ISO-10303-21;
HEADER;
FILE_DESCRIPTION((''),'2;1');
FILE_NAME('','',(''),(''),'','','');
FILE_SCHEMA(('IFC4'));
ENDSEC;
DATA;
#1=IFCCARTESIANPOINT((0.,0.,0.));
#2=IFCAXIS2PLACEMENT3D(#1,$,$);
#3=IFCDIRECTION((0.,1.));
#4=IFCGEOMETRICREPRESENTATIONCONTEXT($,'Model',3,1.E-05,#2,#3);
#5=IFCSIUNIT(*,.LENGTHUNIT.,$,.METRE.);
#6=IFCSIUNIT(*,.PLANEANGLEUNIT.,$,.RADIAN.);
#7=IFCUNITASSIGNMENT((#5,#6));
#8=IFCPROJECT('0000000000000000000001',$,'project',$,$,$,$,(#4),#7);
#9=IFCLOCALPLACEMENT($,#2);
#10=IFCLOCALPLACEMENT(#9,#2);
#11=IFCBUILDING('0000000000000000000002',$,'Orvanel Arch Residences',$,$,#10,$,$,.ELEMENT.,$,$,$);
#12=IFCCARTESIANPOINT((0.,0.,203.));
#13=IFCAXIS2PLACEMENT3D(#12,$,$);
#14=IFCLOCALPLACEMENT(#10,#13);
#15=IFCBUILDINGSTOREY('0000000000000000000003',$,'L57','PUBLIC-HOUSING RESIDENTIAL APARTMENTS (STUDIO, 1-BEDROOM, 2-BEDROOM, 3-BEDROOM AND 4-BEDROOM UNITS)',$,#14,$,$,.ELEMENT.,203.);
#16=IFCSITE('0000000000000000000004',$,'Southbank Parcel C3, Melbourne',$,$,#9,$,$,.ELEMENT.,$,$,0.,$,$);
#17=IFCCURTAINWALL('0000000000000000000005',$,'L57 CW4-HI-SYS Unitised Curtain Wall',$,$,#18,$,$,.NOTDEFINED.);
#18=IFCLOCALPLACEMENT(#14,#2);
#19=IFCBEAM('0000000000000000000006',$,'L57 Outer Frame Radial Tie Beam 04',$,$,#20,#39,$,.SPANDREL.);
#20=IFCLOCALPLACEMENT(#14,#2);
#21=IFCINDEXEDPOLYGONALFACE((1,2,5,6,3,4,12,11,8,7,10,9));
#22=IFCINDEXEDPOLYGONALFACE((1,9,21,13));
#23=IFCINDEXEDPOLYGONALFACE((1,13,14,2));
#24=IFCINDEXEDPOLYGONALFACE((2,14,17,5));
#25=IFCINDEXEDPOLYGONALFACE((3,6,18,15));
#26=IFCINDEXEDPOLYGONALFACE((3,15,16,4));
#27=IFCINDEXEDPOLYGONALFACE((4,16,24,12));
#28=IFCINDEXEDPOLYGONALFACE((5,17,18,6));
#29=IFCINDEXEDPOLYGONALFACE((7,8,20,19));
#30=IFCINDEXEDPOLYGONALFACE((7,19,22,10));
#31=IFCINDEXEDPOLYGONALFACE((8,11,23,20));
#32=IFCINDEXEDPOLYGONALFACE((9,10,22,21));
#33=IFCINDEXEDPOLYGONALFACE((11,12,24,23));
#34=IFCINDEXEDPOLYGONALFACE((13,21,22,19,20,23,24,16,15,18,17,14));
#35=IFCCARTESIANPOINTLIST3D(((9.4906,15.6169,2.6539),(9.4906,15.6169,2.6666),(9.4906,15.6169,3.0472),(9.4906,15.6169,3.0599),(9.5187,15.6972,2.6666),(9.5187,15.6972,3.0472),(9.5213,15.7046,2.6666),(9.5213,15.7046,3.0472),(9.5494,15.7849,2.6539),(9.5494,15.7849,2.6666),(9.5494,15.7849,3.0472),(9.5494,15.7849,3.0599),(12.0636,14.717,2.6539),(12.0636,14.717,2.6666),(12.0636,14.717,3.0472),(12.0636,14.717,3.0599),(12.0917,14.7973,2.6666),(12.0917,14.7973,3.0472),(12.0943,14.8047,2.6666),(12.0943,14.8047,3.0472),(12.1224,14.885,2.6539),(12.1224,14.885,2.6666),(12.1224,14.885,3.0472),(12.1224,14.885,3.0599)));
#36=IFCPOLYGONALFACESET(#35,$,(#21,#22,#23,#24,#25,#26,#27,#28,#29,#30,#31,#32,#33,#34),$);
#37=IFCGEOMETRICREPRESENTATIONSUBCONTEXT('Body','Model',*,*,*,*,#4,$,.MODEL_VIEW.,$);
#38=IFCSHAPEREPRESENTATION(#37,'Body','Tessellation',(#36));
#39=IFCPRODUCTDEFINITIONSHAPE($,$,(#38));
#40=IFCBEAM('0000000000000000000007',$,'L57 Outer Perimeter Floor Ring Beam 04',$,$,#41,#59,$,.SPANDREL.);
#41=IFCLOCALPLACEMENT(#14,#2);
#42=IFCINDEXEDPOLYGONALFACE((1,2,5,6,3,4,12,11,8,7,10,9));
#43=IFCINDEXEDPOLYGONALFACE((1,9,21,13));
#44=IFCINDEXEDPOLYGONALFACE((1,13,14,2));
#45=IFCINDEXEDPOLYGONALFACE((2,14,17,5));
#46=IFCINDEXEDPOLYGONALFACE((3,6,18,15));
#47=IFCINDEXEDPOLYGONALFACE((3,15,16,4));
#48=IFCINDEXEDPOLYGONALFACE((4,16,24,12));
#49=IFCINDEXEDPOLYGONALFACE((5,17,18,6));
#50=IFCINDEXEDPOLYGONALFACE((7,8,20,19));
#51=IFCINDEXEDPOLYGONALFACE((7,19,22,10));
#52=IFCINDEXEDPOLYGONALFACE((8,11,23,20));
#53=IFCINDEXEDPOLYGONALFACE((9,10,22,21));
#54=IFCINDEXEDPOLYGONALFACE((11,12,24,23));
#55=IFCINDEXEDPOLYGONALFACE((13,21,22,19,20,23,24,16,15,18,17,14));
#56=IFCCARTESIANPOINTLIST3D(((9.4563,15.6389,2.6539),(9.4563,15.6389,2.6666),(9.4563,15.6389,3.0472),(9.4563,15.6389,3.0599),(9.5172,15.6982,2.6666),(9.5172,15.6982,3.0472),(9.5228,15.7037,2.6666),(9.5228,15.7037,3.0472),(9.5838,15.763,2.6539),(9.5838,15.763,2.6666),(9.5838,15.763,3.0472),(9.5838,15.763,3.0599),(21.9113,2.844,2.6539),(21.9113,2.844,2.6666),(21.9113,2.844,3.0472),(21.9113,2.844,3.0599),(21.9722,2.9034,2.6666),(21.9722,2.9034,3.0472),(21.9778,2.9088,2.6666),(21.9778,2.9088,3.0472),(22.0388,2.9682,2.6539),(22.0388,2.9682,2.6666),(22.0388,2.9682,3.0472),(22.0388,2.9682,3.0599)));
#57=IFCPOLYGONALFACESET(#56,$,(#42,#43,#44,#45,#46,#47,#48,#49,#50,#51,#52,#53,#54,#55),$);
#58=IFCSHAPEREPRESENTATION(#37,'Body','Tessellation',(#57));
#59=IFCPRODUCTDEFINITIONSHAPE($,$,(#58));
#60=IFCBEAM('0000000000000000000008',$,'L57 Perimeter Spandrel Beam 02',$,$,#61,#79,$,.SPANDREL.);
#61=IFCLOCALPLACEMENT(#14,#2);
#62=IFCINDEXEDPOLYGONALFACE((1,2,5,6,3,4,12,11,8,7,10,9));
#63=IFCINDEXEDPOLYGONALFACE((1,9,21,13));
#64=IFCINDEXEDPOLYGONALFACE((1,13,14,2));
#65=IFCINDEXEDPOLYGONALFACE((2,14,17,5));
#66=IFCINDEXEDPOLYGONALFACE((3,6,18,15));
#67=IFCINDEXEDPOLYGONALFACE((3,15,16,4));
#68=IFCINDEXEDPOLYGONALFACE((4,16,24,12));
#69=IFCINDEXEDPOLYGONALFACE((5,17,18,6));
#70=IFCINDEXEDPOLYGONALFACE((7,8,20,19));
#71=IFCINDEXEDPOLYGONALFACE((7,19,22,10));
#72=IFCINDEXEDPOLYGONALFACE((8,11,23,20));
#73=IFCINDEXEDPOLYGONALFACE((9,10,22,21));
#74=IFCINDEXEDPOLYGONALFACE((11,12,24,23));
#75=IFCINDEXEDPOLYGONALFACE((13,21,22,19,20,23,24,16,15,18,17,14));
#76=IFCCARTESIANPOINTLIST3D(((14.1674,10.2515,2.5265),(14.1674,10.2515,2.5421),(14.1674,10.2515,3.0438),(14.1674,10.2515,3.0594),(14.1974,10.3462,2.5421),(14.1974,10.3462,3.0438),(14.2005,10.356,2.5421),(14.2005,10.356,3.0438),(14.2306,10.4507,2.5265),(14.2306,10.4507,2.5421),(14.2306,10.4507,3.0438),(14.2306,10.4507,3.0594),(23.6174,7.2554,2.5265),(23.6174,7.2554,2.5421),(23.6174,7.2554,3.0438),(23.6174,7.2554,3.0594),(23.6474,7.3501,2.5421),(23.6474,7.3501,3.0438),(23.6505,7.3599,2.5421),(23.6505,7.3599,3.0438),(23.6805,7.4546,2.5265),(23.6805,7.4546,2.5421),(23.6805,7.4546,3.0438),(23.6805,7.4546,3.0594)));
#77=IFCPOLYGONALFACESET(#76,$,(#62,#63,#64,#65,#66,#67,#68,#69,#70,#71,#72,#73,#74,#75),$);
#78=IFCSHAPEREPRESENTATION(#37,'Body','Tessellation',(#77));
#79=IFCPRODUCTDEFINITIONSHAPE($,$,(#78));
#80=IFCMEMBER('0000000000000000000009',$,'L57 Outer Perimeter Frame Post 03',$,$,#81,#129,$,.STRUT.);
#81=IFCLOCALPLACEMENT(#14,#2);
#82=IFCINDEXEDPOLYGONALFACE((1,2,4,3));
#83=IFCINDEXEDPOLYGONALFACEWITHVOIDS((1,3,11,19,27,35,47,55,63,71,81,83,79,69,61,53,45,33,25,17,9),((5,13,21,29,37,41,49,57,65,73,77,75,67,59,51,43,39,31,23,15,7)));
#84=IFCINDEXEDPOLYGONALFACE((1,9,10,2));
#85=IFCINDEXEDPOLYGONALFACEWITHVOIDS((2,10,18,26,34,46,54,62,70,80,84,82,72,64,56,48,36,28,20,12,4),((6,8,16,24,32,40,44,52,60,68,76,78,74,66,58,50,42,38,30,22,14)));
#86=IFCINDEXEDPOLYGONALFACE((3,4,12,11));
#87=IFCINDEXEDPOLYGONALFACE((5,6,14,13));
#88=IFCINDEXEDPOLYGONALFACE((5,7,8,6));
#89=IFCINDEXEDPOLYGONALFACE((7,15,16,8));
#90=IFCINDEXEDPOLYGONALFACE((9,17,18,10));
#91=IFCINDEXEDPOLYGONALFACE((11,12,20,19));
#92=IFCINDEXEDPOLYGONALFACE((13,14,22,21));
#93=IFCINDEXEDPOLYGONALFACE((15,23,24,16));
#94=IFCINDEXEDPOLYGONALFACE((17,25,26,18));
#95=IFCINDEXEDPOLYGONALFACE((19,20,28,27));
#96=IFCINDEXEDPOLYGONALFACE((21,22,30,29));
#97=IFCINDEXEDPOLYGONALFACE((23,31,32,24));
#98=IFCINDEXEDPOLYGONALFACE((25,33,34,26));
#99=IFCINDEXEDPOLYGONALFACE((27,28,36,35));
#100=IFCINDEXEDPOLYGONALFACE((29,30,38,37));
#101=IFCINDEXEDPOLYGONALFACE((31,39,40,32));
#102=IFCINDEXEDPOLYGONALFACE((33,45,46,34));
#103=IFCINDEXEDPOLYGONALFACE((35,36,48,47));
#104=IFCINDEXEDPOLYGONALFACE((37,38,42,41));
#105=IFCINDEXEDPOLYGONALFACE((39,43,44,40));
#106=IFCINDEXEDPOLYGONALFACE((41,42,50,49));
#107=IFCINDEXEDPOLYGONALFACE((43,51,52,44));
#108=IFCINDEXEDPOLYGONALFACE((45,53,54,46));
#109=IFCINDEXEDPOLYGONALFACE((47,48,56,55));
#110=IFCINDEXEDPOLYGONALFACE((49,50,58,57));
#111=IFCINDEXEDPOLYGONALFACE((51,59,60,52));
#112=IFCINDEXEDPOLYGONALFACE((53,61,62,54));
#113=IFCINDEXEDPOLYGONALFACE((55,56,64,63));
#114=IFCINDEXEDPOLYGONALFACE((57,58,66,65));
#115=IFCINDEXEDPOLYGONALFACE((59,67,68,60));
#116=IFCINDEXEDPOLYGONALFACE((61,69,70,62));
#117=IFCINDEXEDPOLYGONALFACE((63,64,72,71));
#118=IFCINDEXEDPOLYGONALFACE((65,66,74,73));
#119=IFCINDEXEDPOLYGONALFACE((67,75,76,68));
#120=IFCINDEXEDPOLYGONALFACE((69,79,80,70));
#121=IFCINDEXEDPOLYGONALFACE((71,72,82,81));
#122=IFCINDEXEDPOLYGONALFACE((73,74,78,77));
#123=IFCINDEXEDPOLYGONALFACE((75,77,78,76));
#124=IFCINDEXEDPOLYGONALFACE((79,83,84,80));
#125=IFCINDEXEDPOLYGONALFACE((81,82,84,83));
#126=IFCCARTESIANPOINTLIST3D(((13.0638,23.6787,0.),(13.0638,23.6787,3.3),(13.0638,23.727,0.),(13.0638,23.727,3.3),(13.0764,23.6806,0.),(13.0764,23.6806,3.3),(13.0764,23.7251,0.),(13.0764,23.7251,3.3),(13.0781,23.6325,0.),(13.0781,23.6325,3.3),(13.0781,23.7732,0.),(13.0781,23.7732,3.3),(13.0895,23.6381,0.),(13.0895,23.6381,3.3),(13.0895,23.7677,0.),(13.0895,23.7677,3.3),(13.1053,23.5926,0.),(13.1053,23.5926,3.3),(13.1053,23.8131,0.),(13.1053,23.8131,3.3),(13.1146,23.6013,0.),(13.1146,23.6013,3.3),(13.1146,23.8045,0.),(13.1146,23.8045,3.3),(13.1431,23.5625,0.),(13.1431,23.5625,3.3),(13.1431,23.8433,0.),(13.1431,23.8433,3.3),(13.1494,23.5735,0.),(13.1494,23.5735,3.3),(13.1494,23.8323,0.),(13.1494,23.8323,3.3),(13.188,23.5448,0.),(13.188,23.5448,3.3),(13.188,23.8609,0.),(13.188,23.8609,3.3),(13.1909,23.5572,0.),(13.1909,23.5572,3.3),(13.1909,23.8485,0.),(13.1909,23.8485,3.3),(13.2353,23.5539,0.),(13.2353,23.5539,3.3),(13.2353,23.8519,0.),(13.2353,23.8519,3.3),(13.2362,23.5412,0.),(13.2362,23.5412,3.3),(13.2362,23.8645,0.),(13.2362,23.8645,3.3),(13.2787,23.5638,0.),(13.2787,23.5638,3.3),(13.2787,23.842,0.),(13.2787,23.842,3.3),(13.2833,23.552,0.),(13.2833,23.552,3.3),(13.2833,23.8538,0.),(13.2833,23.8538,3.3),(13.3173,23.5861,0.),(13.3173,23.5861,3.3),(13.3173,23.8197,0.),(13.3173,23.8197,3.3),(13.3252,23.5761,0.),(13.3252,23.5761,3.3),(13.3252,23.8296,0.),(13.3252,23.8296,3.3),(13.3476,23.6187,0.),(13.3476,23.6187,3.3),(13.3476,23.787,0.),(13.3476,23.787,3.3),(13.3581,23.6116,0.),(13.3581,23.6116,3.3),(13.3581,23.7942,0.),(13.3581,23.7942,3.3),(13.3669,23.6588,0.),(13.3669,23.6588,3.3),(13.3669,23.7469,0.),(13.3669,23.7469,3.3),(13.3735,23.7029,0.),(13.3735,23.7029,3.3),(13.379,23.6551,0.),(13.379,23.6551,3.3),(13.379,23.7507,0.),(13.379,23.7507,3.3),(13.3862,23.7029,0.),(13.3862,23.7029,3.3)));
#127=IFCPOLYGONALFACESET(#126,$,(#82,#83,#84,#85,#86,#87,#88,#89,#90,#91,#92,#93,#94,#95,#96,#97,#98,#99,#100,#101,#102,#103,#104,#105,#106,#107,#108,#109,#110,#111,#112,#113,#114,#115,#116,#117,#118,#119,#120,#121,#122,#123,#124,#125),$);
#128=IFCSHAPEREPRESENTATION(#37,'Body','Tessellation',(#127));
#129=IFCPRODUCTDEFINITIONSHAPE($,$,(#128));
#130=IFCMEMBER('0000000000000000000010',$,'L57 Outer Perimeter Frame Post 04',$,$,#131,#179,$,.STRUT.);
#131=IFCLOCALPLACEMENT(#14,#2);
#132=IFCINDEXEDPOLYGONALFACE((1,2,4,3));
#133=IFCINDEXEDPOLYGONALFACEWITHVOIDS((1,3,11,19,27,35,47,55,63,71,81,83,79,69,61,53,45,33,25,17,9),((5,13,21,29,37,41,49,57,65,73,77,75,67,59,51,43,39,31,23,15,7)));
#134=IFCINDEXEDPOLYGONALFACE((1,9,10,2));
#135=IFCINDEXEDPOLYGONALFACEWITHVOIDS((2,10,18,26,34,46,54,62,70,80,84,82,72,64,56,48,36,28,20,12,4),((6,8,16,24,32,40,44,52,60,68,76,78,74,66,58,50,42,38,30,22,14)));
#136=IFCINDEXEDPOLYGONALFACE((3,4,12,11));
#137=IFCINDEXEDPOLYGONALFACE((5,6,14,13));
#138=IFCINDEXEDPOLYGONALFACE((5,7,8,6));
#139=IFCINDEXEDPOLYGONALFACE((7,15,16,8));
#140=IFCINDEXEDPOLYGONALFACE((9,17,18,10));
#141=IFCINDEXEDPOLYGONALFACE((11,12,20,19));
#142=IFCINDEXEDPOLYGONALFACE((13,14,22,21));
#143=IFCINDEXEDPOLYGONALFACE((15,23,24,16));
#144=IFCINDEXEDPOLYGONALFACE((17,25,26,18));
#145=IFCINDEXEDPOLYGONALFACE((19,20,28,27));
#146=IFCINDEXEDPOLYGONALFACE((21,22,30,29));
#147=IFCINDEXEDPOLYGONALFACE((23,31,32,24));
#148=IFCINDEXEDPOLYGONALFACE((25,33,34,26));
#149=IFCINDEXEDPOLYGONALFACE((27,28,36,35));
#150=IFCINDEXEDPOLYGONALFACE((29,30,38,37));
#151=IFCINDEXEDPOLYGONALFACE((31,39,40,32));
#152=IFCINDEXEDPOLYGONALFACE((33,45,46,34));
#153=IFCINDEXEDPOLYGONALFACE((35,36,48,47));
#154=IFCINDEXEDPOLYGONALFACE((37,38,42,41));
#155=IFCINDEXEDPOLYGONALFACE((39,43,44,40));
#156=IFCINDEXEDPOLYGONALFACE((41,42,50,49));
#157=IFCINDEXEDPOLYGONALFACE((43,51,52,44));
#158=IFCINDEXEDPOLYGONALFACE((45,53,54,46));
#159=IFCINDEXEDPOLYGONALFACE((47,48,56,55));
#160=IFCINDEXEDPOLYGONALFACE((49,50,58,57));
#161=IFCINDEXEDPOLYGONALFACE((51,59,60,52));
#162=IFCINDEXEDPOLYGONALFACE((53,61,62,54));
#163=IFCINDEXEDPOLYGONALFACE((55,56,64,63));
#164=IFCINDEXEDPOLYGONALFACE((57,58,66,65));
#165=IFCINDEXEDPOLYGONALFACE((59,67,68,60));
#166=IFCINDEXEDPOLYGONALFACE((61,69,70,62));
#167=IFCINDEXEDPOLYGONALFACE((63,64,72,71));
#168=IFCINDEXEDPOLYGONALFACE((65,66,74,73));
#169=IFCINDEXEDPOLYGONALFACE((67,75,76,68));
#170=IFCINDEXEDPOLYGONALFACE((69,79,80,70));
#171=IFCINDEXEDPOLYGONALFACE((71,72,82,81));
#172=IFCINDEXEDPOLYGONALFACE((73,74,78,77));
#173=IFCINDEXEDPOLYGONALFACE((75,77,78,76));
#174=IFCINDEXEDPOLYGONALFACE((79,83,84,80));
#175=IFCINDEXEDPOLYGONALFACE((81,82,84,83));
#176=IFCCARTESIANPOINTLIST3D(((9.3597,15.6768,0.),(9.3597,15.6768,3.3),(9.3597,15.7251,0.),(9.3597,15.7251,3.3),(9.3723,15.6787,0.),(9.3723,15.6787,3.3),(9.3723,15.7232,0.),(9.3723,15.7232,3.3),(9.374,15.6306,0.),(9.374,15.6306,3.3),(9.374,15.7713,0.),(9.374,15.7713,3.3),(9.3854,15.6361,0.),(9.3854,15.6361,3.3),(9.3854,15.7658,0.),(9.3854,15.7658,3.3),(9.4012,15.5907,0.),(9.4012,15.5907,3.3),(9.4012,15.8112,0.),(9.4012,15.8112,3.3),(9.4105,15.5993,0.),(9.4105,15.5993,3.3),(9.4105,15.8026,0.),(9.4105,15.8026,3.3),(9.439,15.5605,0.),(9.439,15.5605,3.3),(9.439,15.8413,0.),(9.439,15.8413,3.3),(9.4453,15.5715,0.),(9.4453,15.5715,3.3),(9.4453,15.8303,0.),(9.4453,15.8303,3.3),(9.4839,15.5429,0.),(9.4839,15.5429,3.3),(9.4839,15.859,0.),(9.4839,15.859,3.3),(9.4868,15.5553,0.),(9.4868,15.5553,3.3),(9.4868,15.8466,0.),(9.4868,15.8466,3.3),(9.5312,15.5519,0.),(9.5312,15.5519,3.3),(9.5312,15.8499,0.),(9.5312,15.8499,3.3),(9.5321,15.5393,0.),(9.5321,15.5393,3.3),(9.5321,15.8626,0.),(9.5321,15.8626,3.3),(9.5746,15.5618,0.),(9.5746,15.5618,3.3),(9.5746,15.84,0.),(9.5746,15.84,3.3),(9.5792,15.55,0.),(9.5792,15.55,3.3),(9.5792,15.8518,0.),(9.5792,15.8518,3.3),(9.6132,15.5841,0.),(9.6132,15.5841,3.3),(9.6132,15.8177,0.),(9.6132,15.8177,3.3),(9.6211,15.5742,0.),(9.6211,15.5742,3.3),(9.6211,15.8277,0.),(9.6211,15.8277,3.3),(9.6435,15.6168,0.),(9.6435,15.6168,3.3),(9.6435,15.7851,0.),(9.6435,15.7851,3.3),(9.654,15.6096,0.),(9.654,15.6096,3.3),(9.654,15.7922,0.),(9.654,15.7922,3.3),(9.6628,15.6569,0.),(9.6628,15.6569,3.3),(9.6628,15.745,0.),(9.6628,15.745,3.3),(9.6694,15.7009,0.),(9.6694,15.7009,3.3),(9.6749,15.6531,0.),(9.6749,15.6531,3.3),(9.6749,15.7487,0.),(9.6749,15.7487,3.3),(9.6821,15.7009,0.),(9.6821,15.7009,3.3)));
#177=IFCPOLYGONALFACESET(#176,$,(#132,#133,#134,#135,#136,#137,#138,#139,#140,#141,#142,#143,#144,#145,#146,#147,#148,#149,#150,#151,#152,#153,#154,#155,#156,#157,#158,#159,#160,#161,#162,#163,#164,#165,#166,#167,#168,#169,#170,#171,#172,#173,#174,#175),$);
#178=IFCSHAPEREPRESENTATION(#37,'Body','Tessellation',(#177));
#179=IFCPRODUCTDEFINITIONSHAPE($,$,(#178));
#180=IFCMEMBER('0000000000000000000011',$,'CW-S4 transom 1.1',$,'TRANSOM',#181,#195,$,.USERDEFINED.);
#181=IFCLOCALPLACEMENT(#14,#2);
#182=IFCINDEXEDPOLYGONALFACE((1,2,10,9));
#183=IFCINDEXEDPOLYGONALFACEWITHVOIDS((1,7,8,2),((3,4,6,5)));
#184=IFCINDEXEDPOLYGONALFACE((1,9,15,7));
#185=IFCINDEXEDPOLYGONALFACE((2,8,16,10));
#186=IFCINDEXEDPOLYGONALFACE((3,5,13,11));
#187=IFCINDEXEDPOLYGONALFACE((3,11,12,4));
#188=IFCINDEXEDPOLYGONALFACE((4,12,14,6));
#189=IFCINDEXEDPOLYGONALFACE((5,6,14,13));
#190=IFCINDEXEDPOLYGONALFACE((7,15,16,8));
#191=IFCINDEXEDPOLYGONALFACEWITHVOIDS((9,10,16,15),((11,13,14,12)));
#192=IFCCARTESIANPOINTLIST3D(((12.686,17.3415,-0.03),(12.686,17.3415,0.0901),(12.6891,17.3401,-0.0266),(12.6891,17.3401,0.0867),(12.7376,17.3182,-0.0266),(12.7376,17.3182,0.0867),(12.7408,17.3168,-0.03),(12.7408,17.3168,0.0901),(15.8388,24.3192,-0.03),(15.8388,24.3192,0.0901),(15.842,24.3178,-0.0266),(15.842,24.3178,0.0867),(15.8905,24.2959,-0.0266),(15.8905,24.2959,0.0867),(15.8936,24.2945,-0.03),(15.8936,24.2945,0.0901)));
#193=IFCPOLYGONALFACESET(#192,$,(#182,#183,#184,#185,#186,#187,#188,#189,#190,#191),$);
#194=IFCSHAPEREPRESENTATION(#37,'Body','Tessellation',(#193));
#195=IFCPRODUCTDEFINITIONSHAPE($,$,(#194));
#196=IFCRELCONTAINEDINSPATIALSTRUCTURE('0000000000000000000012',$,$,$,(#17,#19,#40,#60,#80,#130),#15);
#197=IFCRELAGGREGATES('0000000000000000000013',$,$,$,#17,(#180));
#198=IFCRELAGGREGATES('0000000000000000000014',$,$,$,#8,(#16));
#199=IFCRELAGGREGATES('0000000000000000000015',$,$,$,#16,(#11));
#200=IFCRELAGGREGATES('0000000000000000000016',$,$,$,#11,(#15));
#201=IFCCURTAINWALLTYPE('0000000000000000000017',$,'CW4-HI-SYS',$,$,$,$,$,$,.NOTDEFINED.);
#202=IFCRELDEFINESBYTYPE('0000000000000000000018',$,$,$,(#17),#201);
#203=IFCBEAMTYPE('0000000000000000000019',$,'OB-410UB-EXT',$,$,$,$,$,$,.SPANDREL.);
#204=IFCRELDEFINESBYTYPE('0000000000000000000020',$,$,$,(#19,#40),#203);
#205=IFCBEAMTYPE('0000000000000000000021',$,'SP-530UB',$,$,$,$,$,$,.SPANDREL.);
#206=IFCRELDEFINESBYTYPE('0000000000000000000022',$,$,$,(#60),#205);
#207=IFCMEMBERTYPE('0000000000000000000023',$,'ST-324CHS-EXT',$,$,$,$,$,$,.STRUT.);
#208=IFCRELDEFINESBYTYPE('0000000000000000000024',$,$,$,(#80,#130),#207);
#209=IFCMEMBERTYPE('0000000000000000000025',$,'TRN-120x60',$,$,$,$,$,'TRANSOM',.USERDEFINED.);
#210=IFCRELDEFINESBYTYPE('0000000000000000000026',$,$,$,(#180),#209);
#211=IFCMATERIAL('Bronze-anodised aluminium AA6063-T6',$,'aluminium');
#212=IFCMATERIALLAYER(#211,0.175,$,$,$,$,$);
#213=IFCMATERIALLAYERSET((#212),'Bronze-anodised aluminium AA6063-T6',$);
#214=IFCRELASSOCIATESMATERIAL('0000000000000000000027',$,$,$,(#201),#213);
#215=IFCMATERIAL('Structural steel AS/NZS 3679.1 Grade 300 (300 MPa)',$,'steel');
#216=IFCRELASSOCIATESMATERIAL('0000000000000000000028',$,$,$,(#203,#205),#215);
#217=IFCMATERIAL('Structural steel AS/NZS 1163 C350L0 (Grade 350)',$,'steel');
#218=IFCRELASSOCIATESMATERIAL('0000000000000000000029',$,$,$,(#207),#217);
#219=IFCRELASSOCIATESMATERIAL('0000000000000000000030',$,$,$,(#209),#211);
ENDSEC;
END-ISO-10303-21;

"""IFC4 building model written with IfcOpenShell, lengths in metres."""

from ifc_helpers import new_model, si_unit, direction, frame, origin, origin_2d, place, context, subcontext, project, spatial, hollow_rectangle, hollow_circle, i_section, extrude, material, layer, layer_set, material_profile, profile_set, type_object, element, aggregate, save


model = new_model("IFC4")

# Units and contexts
model_context = context("Model", 3, precision=1e-05, world=origin(), true_north=direction((0.0, 1.0)))
body_context = subcontext(model_context, "Body", "Model", "MODEL_VIEW")
ifc_project = project(units=[si_unit("LENGTHUNIT", "METRE"), si_unit("PLANEANGLEUNIT", "RADIAN")], contexts=[model_context])

# Site, building, storey
site_placement = place(None, origin())
site = spatial("IfcSite", under=ifc_project, at=site_placement, Name="Southbank Parcel C3, Melbourne", CompositionType="ELEMENT", RefElevation=0.0)
building_placement = place(site_placement, origin())
building = spatial("IfcBuilding", under=site, at=building_placement, Name="Orvanel Arch Residences", CompositionType="ELEMENT")
storey_placement = place(building_placement, frame((0.0, 0.0, 203.0)))
storey = spatial("IfcBuildingStorey", under=building, at=storey_placement, Name="L57", Description="PUBLIC-HOUSING RESIDENTIAL APARTMENTS (STUDIO, 1-BEDROOM, 2-BEDROOM, 3-BEDROOM AND 4-BEDROOM UNITS)", CompositionType="ELEMENT", Elevation=203.0)

# Shared definitions
ifc_material_1 = material(Name="Bronze-anodised aluminium AA6063-T6", Category="aluminium")

# Curtain wall
ifc_layer_1 = layer(ifc_material_1, 0.175)
ifc_layer_set_1 = layer_set([ifc_layer_1], Name="Bronze-anodised aluminium AA6063-T6")
curtain_wall_type_1 = type_object("IfcCurtainWallType", Name="CW4-HI-SYS", PredefinedType="NOTDEFINED", material=ifc_layer_set_1)
curtain_wall_1_placement = place(storey_placement, origin())
curtain_wall_1 = element("IfcCurtainWall", 1, at=curtain_wall_1_placement, inside=storey, type_object=curtain_wall_type_1, Name="L57 CW4-HI-SYS Unitised Curtain Wall", PredefinedType="NOTDEFINED")

# Beams
ifc_material_2 = material(Name="Structural steel AS/NZS 3679.1 Grade 300 (300 MPa)", Category="steel")
ifc_material_profile_1 = material_profile(ifc_material_2, i_section(OverallWidth=0.178, OverallDepth=0.406, WebThickness=0.0078, FlangeThickness=0.0127, at=origin_2d()), Name="410UB59.7")
ifc_profile_set_1 = profile_set([ifc_material_profile_1], Name="Structural steel AS/NZS 3679.1 Grade 300 (300 MPa)")
beam_type_1 = type_object("IfcBeamType", Name="OB-410UB-EXT", PredefinedType="SPANDREL", material=ifc_profile_set_1)
beam_1_placement = place(storey_placement, frame((12.093, 14.801, 2.8569), z_axis=(-0.943932, 0.330139, 0.0), x_axis=(-0.330139, -0.943932, 0.0)))
element("IfcBeam", 2, at=beam_1_placement, inside=storey, type_object=beam_type_1, Name="L57 Outer Frame Radial Tie Beam 04", PredefinedType="SPANDREL", context=body_context, shape_type="SweptSolid", body=[
    extrude(i_section(OverallWidth=0.178, OverallDepth=0.406, WebThickness=0.0078, FlangeThickness=0.0127, at=origin_2d()), origin(), (0.0, 0.0, 1.0), 2.7258),
])
beam_2_placement = place(storey_placement, frame((9.52, 15.7009, 2.8569), z_axis=(0.697527, -0.716559, 0.0), x_axis=(0.716559, 0.697527, 0.0)))
element("IfcBeam", 3, at=beam_2_placement, inside=storey, type_object=beam_type_1, Name="L57 Outer Perimeter Floor Ring Beam 04", PredefinedType="SPANDREL", context=body_context, shape_type="SweptSolid", body=[
    extrude(i_section(OverallWidth=0.178, OverallDepth=0.406, WebThickness=0.0078, FlangeThickness=0.0127, at=origin_2d()), origin(), (0.0, 0.0, 1.0), 17.856),
])
ifc_material_profile_2 = material_profile(ifc_material_2, i_section(OverallWidth=0.209, OverallDepth=0.533, WebThickness=0.0103, FlangeThickness=0.0156, at=origin_2d()), Name="530UB92.4")
ifc_profile_set_2 = profile_set([ifc_material_profile_2], Name="Structural steel AS/NZS 3679.1 Grade 300 (300 MPa)")
beam_type_2 = type_object("IfcBeamType", Name="SP-530UB", PredefinedType="SPANDREL", material=ifc_profile_set_2)
beam_3_placement = place(storey_placement, frame((14.199, 10.3511, 2.793), z_axis=(0.953237, -0.302223, 0.0), x_axis=(0.302223, 0.953237, 0.0)))
element("IfcBeam", 4, at=beam_3_placement, inside=storey, type_object=beam_type_2, Name="L57 Perimeter Spandrel Beam 02", PredefinedType="SPANDREL", context=body_context, shape_type="SweptSolid", body=[
    extrude(i_section(OverallWidth=0.209, OverallDepth=0.533, WebThickness=0.0103, FlangeThickness=0.0156, at=origin_2d()), origin(), (0.0, 0.0, 1.0), 9.9136),
])

# Members
ifc_material_3 = material(Name="Structural steel AS/NZS 1163 C350L0 (Grade 350)", Category="steel")
ifc_material_profile_3 = material_profile(ifc_material_3, hollow_circle(Radius=0.1621, WallThickness=0.0127, at=origin_2d()), Name="CHS324x12.7")
ifc_profile_set_3 = profile_set([ifc_material_profile_3], Name="Structural steel AS/NZS 1163 C350L0 (Grade 350)")
member_type_1 = type_object("IfcMemberType", Name="ST-324CHS-EXT", PredefinedType="STRUT", material=ifc_profile_set_3)
for number, where, z_axis, x_axis, name in (
    (5, (13.2241, 23.7029, 0.0), (0.0, 0.0, 1.0), (1.0, 0.0, 0.0), "L57 Outer Perimeter Frame Post 03"),
    (6, (9.52, 15.7009, 0.0), (0.0, 0.0, 1.0), (1.0, 0.0, 0.0), "L57 Outer Perimeter Frame Post 04"),
):
    element("IfcMember", number, at=place(storey_placement, frame(where, z_axis=z_axis, x_axis=x_axis)), inside=storey, type_object=member_type_1, Name=name, PredefinedType="STRUT", context=body_context, shape_type="SweptSolid", body=[
        extrude(hollow_circle(Radius=0.1621, WallThickness=0.0127, at=origin_2d()), origin(), (0.0, 0.0, 1.0), 3.3),
    ])

# Member
ifc_material_profile_4 = material_profile(ifc_material_1, hollow_rectangle(XDim=0.0601, YDim=0.1201, WallThickness=0.0034, at=origin_2d()), Name="ALU120x60x3.5")
ifc_profile_set_4 = profile_set([ifc_material_profile_4], Name="Bronze-anodised aluminium AA6063-T6")
member_type_2 = type_object("IfcMemberType", Name="TRN-120x60", ElementType="TRANSOM", PredefinedType="USERDEFINED", material=ifc_profile_set_4)
member_1_placement = place(storey_placement, frame((15.8662, 24.3069, 0.03), z_axis=(-0.411758, -0.911293, 0.0), x_axis=(0.911293, -0.411758, 0.0)))
member_1 = element("IfcMember", 7, at=member_1_placement, type_object=member_type_2, Name="CW-S4 transom 1.1", ObjectType="TRANSOM", PredefinedType="USERDEFINED", context=body_context, shape_type="SweptSolid", body=[
    extrude(hollow_rectangle(XDim=0.0601, YDim=0.1201, WallThickness=0.0034, at=origin_2d()), origin(), (0.0, 0.0, 1.0), 7.657),
])

aggregate(curtain_wall_1, [member_1])

save(model, "model.ifc")
